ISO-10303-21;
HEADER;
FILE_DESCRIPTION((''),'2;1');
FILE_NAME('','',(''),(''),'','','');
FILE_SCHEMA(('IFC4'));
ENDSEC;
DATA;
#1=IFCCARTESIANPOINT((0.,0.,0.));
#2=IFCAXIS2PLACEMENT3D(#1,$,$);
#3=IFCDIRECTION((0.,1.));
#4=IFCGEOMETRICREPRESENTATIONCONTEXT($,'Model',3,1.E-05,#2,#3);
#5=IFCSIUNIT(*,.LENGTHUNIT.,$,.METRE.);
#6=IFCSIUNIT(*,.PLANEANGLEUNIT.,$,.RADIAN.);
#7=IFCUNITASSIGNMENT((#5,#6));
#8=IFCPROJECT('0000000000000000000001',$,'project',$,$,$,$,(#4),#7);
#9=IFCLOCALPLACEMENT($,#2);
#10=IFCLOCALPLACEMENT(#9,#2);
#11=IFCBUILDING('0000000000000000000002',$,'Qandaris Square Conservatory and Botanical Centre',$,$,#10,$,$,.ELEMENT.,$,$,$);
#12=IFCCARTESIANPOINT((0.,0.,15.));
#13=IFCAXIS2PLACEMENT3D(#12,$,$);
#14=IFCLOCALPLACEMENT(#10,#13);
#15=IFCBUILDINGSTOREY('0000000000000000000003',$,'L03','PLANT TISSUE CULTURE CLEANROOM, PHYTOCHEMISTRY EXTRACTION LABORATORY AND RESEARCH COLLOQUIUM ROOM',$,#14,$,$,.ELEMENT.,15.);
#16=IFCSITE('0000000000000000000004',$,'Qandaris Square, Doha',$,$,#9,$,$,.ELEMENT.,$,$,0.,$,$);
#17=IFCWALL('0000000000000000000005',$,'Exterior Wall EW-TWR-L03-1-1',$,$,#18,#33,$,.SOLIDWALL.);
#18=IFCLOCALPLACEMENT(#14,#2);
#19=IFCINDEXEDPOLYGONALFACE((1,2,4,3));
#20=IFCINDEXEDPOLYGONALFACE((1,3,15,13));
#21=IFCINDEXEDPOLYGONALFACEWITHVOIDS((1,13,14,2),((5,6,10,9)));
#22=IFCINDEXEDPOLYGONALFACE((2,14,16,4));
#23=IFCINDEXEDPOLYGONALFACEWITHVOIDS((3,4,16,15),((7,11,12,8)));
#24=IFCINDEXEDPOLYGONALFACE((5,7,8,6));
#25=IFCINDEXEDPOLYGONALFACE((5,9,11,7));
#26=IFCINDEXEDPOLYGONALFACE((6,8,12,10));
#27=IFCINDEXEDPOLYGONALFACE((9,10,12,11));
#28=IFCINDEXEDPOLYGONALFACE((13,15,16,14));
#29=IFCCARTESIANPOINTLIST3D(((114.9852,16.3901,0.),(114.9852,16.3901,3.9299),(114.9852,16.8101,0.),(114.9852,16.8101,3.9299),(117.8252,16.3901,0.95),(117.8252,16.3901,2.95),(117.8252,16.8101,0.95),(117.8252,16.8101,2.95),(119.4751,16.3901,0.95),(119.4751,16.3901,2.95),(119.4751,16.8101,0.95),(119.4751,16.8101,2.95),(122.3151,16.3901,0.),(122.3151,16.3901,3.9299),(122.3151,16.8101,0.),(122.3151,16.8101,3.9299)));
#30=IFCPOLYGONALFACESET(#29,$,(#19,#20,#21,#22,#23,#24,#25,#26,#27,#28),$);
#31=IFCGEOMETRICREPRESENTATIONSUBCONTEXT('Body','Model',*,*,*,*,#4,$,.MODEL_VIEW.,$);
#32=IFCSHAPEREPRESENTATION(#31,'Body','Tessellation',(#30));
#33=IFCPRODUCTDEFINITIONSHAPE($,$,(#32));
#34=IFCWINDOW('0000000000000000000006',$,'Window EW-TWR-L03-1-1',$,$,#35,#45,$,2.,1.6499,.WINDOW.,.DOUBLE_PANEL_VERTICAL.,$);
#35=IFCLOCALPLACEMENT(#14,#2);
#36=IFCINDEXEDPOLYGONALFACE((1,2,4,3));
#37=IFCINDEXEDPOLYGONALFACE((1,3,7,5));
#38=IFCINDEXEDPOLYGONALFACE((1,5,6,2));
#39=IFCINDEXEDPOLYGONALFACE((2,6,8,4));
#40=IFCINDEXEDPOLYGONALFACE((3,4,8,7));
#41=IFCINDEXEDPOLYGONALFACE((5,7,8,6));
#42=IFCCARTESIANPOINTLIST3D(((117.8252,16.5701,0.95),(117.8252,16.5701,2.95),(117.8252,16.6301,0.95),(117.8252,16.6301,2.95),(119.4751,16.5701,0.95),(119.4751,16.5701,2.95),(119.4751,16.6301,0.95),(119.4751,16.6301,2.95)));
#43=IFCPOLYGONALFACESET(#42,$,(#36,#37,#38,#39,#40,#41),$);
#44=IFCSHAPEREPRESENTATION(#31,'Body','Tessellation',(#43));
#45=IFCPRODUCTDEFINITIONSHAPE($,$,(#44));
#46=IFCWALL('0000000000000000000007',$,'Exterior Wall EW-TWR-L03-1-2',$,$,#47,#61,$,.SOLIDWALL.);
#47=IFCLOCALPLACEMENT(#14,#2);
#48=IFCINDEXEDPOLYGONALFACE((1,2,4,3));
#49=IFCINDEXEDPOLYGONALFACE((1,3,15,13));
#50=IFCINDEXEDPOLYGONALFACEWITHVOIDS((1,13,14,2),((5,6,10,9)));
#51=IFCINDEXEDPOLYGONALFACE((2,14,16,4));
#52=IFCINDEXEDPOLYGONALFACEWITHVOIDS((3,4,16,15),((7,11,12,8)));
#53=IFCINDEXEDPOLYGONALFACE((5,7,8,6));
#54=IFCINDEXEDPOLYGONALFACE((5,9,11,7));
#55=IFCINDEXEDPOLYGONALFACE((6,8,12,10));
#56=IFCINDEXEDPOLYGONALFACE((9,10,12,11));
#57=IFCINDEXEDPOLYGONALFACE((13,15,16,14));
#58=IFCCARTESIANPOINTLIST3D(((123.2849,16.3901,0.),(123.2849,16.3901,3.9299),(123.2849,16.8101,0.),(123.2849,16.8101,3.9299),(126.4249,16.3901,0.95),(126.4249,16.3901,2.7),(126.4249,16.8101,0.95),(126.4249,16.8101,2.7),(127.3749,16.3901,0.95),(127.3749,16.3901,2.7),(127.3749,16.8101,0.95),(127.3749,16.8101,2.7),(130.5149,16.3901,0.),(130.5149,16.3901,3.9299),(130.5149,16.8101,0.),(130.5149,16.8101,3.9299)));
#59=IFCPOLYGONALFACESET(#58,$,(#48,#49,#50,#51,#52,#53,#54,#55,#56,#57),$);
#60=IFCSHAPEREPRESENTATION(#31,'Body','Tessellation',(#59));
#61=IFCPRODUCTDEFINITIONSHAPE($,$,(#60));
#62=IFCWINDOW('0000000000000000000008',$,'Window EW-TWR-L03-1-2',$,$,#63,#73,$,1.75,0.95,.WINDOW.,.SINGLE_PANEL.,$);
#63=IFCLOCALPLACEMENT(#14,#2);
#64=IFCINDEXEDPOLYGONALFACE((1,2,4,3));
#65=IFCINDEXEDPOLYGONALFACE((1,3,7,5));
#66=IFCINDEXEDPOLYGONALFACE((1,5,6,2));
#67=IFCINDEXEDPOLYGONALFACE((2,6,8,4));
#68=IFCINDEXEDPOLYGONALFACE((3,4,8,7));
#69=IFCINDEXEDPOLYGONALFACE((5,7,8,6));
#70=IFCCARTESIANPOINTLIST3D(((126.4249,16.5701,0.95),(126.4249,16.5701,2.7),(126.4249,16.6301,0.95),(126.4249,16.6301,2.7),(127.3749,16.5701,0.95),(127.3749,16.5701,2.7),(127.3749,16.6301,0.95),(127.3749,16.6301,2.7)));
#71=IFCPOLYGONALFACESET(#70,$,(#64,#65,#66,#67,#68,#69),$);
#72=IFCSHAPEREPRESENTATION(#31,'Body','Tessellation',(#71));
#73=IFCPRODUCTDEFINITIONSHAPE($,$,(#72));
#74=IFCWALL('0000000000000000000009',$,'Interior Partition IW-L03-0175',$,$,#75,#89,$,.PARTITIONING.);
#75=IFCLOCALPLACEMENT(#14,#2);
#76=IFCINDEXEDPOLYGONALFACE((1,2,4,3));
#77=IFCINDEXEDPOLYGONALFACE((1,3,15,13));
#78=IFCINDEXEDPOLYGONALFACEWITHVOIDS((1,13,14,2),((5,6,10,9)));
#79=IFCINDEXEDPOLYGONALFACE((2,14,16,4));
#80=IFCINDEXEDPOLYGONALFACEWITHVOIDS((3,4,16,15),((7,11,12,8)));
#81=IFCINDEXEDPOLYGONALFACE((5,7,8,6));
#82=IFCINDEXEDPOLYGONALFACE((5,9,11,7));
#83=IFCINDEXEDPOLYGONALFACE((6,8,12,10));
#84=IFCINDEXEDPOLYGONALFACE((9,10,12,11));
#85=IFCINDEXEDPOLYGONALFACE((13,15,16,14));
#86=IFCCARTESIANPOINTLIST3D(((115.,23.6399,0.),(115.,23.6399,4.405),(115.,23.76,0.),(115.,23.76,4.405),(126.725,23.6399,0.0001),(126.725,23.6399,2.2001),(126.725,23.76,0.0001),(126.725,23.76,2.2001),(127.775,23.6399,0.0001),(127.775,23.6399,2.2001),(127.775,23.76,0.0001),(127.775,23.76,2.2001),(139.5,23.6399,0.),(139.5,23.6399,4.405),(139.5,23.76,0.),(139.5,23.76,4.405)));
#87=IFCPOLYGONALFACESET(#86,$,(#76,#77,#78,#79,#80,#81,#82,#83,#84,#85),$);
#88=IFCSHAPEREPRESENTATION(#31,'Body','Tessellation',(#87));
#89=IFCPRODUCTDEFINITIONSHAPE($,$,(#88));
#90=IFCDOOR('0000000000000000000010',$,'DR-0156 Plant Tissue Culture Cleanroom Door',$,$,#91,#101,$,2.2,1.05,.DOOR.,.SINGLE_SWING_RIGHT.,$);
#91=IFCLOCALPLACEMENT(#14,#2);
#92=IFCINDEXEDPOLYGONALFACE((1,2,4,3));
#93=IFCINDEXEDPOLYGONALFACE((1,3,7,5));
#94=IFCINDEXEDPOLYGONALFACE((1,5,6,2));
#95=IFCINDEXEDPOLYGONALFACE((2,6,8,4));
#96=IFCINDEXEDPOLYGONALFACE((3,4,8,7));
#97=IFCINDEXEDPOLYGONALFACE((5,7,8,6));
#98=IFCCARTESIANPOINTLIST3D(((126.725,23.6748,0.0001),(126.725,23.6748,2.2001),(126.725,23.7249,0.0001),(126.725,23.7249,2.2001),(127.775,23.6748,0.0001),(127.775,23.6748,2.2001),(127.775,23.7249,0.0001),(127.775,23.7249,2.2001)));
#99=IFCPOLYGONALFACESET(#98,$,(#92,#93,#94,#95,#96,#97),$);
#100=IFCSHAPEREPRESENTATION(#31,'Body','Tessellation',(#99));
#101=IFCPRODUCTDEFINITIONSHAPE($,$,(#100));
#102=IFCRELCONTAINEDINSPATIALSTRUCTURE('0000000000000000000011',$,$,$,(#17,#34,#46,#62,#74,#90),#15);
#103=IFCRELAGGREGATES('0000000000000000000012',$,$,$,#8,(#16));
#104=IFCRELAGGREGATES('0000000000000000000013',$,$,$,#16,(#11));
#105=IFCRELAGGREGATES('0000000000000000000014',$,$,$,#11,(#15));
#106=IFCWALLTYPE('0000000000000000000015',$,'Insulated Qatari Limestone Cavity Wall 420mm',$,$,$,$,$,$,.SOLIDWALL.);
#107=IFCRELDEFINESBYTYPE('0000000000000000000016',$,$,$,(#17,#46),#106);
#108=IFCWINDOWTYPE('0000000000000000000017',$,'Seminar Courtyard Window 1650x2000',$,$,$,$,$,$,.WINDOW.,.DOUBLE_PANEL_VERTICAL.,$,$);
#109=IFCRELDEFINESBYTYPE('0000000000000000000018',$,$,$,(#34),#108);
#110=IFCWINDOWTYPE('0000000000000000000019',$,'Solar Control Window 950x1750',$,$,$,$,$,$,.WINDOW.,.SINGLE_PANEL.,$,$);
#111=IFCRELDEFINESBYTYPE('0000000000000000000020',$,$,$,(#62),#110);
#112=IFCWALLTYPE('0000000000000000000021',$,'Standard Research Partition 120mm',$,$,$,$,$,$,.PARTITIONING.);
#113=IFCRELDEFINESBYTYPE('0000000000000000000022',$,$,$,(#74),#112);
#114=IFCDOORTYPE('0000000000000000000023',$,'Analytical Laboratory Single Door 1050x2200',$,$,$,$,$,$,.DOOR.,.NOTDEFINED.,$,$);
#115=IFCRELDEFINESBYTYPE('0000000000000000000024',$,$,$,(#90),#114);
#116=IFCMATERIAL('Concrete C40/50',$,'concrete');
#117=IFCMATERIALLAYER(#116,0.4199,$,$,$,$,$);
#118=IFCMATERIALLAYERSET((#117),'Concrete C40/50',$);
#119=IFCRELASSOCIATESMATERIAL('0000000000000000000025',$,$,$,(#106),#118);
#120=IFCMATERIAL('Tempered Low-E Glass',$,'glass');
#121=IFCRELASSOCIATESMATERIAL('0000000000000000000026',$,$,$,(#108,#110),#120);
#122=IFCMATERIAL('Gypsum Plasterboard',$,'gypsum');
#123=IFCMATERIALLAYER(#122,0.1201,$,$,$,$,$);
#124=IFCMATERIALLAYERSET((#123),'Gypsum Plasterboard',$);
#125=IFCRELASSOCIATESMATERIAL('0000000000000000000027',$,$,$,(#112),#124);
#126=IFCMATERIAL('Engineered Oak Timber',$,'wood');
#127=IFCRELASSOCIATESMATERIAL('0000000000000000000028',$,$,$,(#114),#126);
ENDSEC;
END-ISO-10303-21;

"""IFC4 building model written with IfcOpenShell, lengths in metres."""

from ifc_helpers import new_model, si_unit, direction, frame, frame_2d, origin, place, context, subcontext, project, spatial, rectangle, extrude, material, layer, layer_set, type_object, element, fill, save


model = new_model("IFC4")

# Units and contexts
model_context = context("Model", 3, precision=1e-05, world=origin(), true_north=direction((0.0, 1.0)))
body_context = subcontext(model_context, "Body", "Model", "MODEL_VIEW")
ifc_project = project(units=[si_unit("LENGTHUNIT", "METRE"), si_unit("PLANEANGLEUNIT", "RADIAN")], contexts=[model_context])

# Site, building, storey
site_placement = place(None, origin())
site = spatial("IfcSite", under=ifc_project, at=site_placement, Name="Qandaris Square, Doha", CompositionType="ELEMENT", RefElevation=0.0)
building_placement = place(site_placement, origin())
building = spatial("IfcBuilding", under=site, at=building_placement, Name="Qandaris Square Conservatory and Botanical Centre", CompositionType="ELEMENT")
storey_placement = place(building_placement, frame((0.0, 0.0, 15.0)))
storey = spatial("IfcBuildingStorey", under=building, at=storey_placement, Name="L03", Description="PLANT TISSUE CULTURE CLEANROOM, PHYTOCHEMISTRY EXTRACTION LABORATORY AND RESEARCH COLLOQUIUM ROOM", CompositionType="ELEMENT", Elevation=15.0)

# Shared definitions
ifc_material_1 = material(Name="Tempered Low-E Glass", Category="glass")

# Walls, openings, windows
ifc_material_2 = material(Name="Concrete C40/50", Category="concrete")
ifc_layer_1 = layer(ifc_material_2, 0.4199)
ifc_layer_set_1 = layer_set([ifc_layer_1], Name="Concrete C40/50")
wall_type_1 = type_object("IfcWallType", Name="Insulated Qatari Limestone Cavity Wall 420mm", PredefinedType="SOLIDWALL", material=ifc_layer_set_1)
wall_1_placement = place(storey_placement, frame((114.9851, 16.6001, 0.0), z_axis=(0.0, 0.0, 1.0), x_axis=(1.0, 0.0, 0.0)))
wall_1 = element("IfcWall", 1, at=wall_1_placement, inside=storey, type_object=wall_type_1, Name="Exterior Wall EW-TWR-L03-1-1", PredefinedType="SOLIDWALL", context=body_context, shape_type="SweptSolid", body=[
    extrude(rectangle(XDim=7.3298, YDim=0.4199, at=frame_2d((3.665, 0.0))), origin(), (0.0, 0.0, 1.0), 3.9299),
])
opening_1_placement = place(wall_1_placement, frame((2.8401, 0.0, 0.95)))
opening_1 = element("IfcOpeningElement", 2, at=opening_1_placement, cuts=wall_1, PredefinedType="OPENING", context=body_context, shape_type="SweptSolid", body=[
    extrude(rectangle(XDim=1.6499, YDim=2.0, at=frame_2d((0.825, 1.0))), frame((0.0, 0.2219, 0.0), z_axis=(0.0, -1.0, 0.0), x_axis=(1.0, 0.0, 0.0)), (0.0, 0.0, 1.0), 0.4438),
])
window_type_1 = type_object("IfcWindowType", Name="Seminar Courtyard Window 1650x2000", PartitioningType="DOUBLE_PANEL_VERTICAL", PredefinedType="WINDOW", material=ifc_material_1)
window_1_placement = place(opening_1_placement, origin())
window_1 = element("IfcWindow", 3, at=window_1_placement, inside=storey, type_object=window_type_1, Name="Window EW-TWR-L03-1-1", OverallHeight=2.0, OverallWidth=1.6499, PartitioningType="DOUBLE_PANEL_VERTICAL", PredefinedType="WINDOW", context=body_context, shape_type="SweptSolid", body=[
    extrude(rectangle(XDim=1.6499, YDim=2.0, at=frame_2d((0.825, 1.0))), frame((0.0, 0.03, 0.0), z_axis=(0.0, -1.0, 0.0), x_axis=(1.0, 0.0, 0.0)), (0.0, 0.0, 1.0), 0.0601),
])
fill(opening_1, window_1)
wall_2_placement = place(storey_placement, frame((123.2849, 16.6001, 0.0), z_axis=(0.0, 0.0, 1.0), x_axis=(1.0, 0.0, 0.0)))
wall_2 = element("IfcWall", 4, at=wall_2_placement, inside=storey, type_object=wall_type_1, Name="Exterior Wall EW-TWR-L03-1-2", PredefinedType="SOLIDWALL", context=body_context, shape_type="SweptSolid", body=[
    extrude(rectangle(XDim=7.23, YDim=0.4199, at=frame_2d((3.615, 0.0))), origin(), (0.0, 0.0, 1.0), 3.9299),
])
opening_2_placement = place(wall_2_placement, frame((3.1399, 0.0, 0.95)))
opening_2 = element("IfcOpeningElement", 5, at=opening_2_placement, cuts=wall_2, PredefinedType="OPENING", context=body_context, shape_type="SweptSolid", body=[
    extrude(rectangle(XDim=0.95, YDim=1.75, at=frame_2d((0.4751, 0.875))), frame((0.0, 0.2219, 0.0), z_axis=(0.0, -1.0, 0.0), x_axis=(1.0, 0.0, 0.0)), (0.0, 0.0, 1.0), 0.4438),
])
window_type_2 = type_object("IfcWindowType", Name="Solar Control Window 950x1750", PartitioningType="SINGLE_PANEL", PredefinedType="WINDOW", material=ifc_material_1)
window_2_placement = place(opening_2_placement, origin())
window_2 = element("IfcWindow", 6, at=window_2_placement, inside=storey, type_object=window_type_2, Name="Window EW-TWR-L03-1-2", OverallHeight=1.75, OverallWidth=0.95, PartitioningType="SINGLE_PANEL", PredefinedType="WINDOW", context=body_context, shape_type="SweptSolid", body=[
    extrude(rectangle(XDim=0.95, YDim=1.75, at=frame_2d((0.4751, 0.875))), frame((0.0, 0.03, 0.0), z_axis=(0.0, -1.0, 0.0), x_axis=(1.0, 0.0, 0.0)), (0.0, 0.0, 1.0), 0.0601),
])
fill(opening_2, window_2)

# Wall, opening, door
ifc_material_3 = material(Name="Gypsum Plasterboard", Category="gypsum")
ifc_layer_2 = layer(ifc_material_3, 0.1201)
ifc_layer_set_2 = layer_set([ifc_layer_2], Name="Gypsum Plasterboard")
wall_type_2 = type_object("IfcWallType", Name="Standard Research Partition 120mm", PredefinedType="PARTITIONING", material=ifc_layer_set_2)
wall_3_placement = place(storey_placement, frame((115.0, 23.7, 0.0), z_axis=(0.0, 0.0, 1.0), x_axis=(1.0, 0.0, 0.0)))
wall_3 = element("IfcWall", 7, at=wall_3_placement, inside=storey, type_object=wall_type_2, Name="Interior Partition IW-L03-0175", PredefinedType="PARTITIONING", context=body_context, shape_type="SweptSolid", body=[
    extrude(rectangle(XDim=24.5, YDim=0.1201, at=frame_2d((12.25, 0.0))), origin(), (0.0, 0.0, 1.0), 4.405),
])
opening_3_placement = place(wall_3_placement, frame((11.7251, 0.0, 0.0)))
opening_3 = element("IfcOpeningElement", 8, at=opening_3_placement, cuts=wall_3, PredefinedType="OPENING", context=body_context, shape_type="SweptSolid", body=[
    extrude(rectangle(XDim=1.05, YDim=2.2, at=frame_2d((0.5249, 1.1001))), frame((0.0, 0.072, 0.0), z_axis=(0.0, -1.0, 0.0), x_axis=(1.0, 0.0, 0.0)), (0.0, 0.0, 1.0), 0.144),
])
ifc_material_4 = material(Name="Engineered Oak Timber", Category="wood")
door_type = type_object("IfcDoorType", Name="Analytical Laboratory Single Door 1050x2200", OperationType="NOTDEFINED", PredefinedType="DOOR", material=ifc_material_4)
door_placement = place(opening_3_placement, origin())
door = element("IfcDoor", 9, at=door_placement, inside=storey, type_object=door_type, Name="DR-0156 Plant Tissue Culture Cleanroom Door", OperationType="SINGLE_SWING_RIGHT", OverallHeight=2.2, OverallWidth=1.05, PredefinedType="DOOR", context=body_context, shape_type="SweptSolid", body=[
    extrude(rectangle(XDim=1.05, YDim=2.2, at=frame_2d((0.5249, 1.1001))), frame((0.0, 0.0249, 0.0), z_axis=(0.0, -1.0, 0.0), x_axis=(1.0, 0.0, 0.0)), (0.0, 0.0, 1.0), 0.05),
])
fill(opening_3, door)

save(model, "model.ifc")
